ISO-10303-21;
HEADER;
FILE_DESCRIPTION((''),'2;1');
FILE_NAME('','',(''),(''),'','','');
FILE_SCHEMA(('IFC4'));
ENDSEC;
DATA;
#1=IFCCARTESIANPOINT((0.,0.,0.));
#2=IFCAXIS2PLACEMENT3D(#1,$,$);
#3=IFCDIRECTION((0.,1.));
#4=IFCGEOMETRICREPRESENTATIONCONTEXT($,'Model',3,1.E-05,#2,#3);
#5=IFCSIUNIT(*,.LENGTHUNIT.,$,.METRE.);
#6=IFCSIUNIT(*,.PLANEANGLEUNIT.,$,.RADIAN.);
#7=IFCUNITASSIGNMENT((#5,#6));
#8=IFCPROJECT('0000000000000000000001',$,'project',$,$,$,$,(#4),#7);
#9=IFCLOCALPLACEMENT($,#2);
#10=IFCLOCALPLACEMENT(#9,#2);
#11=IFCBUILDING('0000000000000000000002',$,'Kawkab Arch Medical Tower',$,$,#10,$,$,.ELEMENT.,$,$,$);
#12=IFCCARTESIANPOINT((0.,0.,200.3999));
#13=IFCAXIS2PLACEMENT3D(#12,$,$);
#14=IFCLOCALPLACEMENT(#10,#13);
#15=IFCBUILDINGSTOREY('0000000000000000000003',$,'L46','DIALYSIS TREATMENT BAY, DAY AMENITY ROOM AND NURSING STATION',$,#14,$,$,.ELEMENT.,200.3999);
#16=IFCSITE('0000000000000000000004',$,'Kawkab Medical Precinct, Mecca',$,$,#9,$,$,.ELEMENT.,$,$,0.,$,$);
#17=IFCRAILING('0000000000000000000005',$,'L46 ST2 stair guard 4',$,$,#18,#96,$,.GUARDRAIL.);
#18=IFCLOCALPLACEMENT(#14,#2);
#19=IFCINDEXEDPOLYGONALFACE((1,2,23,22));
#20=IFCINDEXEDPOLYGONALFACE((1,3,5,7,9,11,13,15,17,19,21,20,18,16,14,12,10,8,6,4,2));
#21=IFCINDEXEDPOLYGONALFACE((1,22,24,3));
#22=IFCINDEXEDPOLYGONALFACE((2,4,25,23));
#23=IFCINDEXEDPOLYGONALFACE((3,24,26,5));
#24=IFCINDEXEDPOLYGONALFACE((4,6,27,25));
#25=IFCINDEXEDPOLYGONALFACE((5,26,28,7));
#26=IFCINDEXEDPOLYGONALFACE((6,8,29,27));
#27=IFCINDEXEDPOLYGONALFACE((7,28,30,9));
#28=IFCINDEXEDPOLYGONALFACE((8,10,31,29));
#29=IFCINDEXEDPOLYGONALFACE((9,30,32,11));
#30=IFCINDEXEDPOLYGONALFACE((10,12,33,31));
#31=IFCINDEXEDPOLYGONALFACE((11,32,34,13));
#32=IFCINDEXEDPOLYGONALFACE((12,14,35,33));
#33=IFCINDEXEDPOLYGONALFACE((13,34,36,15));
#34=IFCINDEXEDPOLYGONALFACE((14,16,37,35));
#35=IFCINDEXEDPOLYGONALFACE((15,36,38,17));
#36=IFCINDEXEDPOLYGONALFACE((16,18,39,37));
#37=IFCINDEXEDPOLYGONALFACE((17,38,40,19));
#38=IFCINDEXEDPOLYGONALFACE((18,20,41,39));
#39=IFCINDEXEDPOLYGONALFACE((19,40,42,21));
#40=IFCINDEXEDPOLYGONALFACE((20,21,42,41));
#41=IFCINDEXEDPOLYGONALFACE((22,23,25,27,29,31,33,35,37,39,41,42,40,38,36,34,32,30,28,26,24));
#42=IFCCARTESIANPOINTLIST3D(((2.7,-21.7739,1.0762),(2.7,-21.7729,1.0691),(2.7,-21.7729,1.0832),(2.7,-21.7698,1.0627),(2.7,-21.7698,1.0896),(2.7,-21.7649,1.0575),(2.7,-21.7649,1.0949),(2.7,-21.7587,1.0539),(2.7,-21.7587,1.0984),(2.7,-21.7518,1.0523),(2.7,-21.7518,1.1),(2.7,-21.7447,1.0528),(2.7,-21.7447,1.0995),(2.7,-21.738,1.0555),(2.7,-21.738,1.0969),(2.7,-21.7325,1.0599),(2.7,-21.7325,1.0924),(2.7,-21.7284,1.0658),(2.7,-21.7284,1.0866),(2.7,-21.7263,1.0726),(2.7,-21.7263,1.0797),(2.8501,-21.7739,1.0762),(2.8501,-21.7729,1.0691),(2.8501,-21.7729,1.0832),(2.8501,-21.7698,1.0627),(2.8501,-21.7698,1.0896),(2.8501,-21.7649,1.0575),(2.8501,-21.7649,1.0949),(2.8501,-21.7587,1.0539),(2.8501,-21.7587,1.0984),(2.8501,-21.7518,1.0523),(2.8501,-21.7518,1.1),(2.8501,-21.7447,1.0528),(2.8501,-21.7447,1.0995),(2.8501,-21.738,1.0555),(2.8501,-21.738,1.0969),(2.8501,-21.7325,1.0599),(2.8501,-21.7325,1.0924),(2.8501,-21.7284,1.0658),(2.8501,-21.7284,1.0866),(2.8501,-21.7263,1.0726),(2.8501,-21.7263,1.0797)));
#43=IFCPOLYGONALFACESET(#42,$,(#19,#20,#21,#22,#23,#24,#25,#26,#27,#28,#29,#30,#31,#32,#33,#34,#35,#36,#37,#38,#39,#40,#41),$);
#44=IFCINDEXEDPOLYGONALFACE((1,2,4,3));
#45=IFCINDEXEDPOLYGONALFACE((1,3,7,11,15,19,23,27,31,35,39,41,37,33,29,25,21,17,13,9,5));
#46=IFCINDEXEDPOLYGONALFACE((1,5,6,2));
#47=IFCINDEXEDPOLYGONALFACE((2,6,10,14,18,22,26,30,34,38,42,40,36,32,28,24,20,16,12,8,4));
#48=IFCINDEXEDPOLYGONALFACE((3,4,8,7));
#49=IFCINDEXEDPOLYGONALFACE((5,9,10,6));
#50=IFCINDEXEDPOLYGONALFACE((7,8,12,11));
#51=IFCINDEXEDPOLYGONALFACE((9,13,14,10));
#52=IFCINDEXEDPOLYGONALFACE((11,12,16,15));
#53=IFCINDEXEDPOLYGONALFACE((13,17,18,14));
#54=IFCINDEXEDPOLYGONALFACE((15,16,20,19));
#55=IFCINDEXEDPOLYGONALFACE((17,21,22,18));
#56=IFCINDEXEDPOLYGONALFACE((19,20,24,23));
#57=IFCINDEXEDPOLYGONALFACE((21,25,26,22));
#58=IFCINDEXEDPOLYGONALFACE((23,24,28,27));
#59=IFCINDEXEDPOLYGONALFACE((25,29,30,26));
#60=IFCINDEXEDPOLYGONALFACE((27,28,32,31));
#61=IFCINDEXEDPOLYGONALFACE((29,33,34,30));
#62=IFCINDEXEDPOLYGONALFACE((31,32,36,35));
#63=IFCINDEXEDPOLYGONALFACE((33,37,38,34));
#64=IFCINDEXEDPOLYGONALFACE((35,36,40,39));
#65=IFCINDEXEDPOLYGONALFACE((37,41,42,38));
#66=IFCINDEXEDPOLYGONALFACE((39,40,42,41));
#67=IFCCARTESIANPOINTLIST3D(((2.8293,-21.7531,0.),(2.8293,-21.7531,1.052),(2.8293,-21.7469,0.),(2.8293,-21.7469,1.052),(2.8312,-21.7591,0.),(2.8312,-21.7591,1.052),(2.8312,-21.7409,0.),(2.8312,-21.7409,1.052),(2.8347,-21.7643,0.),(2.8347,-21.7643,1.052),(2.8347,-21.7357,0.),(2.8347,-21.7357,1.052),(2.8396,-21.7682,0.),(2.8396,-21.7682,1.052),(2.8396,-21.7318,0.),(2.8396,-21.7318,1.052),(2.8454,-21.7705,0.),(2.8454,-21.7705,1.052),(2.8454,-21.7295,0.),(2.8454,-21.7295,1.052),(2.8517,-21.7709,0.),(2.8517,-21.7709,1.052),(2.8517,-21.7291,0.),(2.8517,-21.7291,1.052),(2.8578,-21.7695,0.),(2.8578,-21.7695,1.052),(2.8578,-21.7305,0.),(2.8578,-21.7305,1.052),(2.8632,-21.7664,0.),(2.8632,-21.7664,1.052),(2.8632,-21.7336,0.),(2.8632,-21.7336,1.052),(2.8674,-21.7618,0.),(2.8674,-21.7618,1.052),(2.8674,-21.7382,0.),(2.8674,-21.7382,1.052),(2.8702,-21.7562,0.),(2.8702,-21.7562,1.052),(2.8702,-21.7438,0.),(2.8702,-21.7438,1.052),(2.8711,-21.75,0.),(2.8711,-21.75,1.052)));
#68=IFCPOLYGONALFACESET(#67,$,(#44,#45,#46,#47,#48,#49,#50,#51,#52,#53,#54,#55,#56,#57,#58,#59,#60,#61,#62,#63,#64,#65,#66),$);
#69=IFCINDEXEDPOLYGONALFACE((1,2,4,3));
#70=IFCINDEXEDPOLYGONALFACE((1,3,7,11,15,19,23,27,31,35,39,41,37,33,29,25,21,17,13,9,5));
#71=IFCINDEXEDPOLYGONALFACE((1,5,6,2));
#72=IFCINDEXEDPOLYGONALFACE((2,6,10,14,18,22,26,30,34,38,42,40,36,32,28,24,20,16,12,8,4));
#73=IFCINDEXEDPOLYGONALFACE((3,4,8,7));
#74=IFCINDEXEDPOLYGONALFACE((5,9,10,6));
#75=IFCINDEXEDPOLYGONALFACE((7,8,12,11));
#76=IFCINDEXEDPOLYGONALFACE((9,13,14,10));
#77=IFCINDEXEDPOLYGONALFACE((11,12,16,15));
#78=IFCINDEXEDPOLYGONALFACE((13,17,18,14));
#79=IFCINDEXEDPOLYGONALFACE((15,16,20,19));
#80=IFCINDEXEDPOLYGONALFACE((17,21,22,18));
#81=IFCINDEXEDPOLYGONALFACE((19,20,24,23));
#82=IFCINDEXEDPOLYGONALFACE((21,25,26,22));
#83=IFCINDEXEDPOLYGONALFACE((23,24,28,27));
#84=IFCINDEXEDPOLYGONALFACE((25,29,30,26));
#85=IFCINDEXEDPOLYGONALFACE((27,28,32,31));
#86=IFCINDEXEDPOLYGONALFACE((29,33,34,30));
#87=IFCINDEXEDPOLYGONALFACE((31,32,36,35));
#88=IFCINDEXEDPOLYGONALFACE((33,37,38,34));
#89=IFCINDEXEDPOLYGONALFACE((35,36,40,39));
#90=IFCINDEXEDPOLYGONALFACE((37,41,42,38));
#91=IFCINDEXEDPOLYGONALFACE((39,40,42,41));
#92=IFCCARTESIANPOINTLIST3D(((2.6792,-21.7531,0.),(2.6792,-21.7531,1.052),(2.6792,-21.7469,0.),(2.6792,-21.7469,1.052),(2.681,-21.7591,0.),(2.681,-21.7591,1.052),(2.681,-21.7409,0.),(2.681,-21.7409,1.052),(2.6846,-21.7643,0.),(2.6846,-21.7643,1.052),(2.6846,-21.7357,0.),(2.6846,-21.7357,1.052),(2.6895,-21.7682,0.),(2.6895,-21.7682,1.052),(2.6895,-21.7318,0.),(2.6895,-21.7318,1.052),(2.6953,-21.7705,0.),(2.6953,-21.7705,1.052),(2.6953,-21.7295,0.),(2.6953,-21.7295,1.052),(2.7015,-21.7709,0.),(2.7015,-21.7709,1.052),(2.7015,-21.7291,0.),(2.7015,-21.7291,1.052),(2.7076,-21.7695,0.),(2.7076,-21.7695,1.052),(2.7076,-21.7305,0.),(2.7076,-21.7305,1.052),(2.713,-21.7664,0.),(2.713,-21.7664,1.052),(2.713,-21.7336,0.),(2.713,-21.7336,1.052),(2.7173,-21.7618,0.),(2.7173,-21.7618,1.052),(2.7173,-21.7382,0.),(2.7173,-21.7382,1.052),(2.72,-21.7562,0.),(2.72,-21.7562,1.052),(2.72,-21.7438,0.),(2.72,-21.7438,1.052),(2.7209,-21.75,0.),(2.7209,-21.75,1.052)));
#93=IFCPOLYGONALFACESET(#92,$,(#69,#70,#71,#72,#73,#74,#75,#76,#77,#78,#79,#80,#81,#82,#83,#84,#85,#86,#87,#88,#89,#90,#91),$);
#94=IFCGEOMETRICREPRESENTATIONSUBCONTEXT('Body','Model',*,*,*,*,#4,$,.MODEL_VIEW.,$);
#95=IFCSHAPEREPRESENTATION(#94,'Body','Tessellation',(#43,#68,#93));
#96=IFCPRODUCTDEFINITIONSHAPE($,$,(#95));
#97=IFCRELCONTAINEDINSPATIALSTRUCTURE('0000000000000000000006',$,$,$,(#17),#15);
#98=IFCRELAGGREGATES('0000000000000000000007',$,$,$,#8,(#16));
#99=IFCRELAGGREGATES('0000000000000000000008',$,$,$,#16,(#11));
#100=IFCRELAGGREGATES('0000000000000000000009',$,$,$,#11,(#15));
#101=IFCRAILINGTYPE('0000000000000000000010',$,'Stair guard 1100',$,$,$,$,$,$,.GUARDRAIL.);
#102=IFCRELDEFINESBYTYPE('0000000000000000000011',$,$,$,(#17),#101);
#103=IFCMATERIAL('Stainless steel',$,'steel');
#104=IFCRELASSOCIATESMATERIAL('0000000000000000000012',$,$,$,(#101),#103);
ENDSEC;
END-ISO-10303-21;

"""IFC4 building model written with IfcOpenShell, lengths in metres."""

from ifc_helpers import new_model, si_unit, direction, frame, origin, origin_2d, place, context, subcontext, project, spatial, circle, extrude, material, type_object, element, save


model = new_model("IFC4")

# Units and contexts
model_context = context("Model", 3, precision=1e-05, world=origin(), true_north=direction((0.0, 1.0)))
body_context = subcontext(model_context, "Body", "Model", "MODEL_VIEW")
ifc_project = project(units=[si_unit("LENGTHUNIT", "METRE"), si_unit("PLANEANGLEUNIT", "RADIAN")], contexts=[model_context])

# Site, building, storey
site_placement = place(None, origin())
site = spatial("IfcSite", under=ifc_project, at=site_placement, Name="Kawkab Medical Precinct, Mecca", CompositionType="ELEMENT", RefElevation=0.0)
building_placement = place(site_placement, origin())
building = spatial("IfcBuilding", under=site, at=building_placement, Name="Kawkab Arch Medical Tower", CompositionType="ELEMENT")
storey_placement = place(building_placement, frame((0.0, 0.0, 200.3999)))
storey = spatial("IfcBuildingStorey", under=building, at=storey_placement, Name="L46", Description="DIALYSIS TREATMENT BAY, DAY AMENITY ROOM AND NURSING STATION", CompositionType="ELEMENT", Elevation=200.3999)

# Railing
ifc_material_1 = material(Name="Stainless steel", Category="steel")
railing_type = type_object("IfcRailingType", Name="Stair guard 1100", PredefinedType="GUARDRAIL", material=ifc_material_1)
railing_1_placement = place(storey_placement, frame((2.8501, -21.75, 0.0)))
element("IfcRailing", 1, at=railing_1_placement, inside=storey, type_object=railing_type, Name="L46 ST2 stair guard 4", PredefinedType="GUARDRAIL", context=body_context, shape_type="SweptSolid", body=[
    extrude(circle(Radius=0.0239, at=origin_2d()), frame((0.0, 0.0, 1.0762), z_axis=(-1.0, 0.0, 0.0), x_axis=(0.0, -1.0, 0.0)), (0.0, 0.0, 1.0), 0.1501),
    extrude(circle(Radius=0.021, at=origin_2d()), origin(), (0.0, 0.0, 1.0), 1.052),
    extrude(circle(Radius=0.021, at=origin_2d()), frame((-0.1501, 0.0, 0.0)), (0.0, 0.0, 1.0), 1.052),
])

save(model, "model.ifc")
